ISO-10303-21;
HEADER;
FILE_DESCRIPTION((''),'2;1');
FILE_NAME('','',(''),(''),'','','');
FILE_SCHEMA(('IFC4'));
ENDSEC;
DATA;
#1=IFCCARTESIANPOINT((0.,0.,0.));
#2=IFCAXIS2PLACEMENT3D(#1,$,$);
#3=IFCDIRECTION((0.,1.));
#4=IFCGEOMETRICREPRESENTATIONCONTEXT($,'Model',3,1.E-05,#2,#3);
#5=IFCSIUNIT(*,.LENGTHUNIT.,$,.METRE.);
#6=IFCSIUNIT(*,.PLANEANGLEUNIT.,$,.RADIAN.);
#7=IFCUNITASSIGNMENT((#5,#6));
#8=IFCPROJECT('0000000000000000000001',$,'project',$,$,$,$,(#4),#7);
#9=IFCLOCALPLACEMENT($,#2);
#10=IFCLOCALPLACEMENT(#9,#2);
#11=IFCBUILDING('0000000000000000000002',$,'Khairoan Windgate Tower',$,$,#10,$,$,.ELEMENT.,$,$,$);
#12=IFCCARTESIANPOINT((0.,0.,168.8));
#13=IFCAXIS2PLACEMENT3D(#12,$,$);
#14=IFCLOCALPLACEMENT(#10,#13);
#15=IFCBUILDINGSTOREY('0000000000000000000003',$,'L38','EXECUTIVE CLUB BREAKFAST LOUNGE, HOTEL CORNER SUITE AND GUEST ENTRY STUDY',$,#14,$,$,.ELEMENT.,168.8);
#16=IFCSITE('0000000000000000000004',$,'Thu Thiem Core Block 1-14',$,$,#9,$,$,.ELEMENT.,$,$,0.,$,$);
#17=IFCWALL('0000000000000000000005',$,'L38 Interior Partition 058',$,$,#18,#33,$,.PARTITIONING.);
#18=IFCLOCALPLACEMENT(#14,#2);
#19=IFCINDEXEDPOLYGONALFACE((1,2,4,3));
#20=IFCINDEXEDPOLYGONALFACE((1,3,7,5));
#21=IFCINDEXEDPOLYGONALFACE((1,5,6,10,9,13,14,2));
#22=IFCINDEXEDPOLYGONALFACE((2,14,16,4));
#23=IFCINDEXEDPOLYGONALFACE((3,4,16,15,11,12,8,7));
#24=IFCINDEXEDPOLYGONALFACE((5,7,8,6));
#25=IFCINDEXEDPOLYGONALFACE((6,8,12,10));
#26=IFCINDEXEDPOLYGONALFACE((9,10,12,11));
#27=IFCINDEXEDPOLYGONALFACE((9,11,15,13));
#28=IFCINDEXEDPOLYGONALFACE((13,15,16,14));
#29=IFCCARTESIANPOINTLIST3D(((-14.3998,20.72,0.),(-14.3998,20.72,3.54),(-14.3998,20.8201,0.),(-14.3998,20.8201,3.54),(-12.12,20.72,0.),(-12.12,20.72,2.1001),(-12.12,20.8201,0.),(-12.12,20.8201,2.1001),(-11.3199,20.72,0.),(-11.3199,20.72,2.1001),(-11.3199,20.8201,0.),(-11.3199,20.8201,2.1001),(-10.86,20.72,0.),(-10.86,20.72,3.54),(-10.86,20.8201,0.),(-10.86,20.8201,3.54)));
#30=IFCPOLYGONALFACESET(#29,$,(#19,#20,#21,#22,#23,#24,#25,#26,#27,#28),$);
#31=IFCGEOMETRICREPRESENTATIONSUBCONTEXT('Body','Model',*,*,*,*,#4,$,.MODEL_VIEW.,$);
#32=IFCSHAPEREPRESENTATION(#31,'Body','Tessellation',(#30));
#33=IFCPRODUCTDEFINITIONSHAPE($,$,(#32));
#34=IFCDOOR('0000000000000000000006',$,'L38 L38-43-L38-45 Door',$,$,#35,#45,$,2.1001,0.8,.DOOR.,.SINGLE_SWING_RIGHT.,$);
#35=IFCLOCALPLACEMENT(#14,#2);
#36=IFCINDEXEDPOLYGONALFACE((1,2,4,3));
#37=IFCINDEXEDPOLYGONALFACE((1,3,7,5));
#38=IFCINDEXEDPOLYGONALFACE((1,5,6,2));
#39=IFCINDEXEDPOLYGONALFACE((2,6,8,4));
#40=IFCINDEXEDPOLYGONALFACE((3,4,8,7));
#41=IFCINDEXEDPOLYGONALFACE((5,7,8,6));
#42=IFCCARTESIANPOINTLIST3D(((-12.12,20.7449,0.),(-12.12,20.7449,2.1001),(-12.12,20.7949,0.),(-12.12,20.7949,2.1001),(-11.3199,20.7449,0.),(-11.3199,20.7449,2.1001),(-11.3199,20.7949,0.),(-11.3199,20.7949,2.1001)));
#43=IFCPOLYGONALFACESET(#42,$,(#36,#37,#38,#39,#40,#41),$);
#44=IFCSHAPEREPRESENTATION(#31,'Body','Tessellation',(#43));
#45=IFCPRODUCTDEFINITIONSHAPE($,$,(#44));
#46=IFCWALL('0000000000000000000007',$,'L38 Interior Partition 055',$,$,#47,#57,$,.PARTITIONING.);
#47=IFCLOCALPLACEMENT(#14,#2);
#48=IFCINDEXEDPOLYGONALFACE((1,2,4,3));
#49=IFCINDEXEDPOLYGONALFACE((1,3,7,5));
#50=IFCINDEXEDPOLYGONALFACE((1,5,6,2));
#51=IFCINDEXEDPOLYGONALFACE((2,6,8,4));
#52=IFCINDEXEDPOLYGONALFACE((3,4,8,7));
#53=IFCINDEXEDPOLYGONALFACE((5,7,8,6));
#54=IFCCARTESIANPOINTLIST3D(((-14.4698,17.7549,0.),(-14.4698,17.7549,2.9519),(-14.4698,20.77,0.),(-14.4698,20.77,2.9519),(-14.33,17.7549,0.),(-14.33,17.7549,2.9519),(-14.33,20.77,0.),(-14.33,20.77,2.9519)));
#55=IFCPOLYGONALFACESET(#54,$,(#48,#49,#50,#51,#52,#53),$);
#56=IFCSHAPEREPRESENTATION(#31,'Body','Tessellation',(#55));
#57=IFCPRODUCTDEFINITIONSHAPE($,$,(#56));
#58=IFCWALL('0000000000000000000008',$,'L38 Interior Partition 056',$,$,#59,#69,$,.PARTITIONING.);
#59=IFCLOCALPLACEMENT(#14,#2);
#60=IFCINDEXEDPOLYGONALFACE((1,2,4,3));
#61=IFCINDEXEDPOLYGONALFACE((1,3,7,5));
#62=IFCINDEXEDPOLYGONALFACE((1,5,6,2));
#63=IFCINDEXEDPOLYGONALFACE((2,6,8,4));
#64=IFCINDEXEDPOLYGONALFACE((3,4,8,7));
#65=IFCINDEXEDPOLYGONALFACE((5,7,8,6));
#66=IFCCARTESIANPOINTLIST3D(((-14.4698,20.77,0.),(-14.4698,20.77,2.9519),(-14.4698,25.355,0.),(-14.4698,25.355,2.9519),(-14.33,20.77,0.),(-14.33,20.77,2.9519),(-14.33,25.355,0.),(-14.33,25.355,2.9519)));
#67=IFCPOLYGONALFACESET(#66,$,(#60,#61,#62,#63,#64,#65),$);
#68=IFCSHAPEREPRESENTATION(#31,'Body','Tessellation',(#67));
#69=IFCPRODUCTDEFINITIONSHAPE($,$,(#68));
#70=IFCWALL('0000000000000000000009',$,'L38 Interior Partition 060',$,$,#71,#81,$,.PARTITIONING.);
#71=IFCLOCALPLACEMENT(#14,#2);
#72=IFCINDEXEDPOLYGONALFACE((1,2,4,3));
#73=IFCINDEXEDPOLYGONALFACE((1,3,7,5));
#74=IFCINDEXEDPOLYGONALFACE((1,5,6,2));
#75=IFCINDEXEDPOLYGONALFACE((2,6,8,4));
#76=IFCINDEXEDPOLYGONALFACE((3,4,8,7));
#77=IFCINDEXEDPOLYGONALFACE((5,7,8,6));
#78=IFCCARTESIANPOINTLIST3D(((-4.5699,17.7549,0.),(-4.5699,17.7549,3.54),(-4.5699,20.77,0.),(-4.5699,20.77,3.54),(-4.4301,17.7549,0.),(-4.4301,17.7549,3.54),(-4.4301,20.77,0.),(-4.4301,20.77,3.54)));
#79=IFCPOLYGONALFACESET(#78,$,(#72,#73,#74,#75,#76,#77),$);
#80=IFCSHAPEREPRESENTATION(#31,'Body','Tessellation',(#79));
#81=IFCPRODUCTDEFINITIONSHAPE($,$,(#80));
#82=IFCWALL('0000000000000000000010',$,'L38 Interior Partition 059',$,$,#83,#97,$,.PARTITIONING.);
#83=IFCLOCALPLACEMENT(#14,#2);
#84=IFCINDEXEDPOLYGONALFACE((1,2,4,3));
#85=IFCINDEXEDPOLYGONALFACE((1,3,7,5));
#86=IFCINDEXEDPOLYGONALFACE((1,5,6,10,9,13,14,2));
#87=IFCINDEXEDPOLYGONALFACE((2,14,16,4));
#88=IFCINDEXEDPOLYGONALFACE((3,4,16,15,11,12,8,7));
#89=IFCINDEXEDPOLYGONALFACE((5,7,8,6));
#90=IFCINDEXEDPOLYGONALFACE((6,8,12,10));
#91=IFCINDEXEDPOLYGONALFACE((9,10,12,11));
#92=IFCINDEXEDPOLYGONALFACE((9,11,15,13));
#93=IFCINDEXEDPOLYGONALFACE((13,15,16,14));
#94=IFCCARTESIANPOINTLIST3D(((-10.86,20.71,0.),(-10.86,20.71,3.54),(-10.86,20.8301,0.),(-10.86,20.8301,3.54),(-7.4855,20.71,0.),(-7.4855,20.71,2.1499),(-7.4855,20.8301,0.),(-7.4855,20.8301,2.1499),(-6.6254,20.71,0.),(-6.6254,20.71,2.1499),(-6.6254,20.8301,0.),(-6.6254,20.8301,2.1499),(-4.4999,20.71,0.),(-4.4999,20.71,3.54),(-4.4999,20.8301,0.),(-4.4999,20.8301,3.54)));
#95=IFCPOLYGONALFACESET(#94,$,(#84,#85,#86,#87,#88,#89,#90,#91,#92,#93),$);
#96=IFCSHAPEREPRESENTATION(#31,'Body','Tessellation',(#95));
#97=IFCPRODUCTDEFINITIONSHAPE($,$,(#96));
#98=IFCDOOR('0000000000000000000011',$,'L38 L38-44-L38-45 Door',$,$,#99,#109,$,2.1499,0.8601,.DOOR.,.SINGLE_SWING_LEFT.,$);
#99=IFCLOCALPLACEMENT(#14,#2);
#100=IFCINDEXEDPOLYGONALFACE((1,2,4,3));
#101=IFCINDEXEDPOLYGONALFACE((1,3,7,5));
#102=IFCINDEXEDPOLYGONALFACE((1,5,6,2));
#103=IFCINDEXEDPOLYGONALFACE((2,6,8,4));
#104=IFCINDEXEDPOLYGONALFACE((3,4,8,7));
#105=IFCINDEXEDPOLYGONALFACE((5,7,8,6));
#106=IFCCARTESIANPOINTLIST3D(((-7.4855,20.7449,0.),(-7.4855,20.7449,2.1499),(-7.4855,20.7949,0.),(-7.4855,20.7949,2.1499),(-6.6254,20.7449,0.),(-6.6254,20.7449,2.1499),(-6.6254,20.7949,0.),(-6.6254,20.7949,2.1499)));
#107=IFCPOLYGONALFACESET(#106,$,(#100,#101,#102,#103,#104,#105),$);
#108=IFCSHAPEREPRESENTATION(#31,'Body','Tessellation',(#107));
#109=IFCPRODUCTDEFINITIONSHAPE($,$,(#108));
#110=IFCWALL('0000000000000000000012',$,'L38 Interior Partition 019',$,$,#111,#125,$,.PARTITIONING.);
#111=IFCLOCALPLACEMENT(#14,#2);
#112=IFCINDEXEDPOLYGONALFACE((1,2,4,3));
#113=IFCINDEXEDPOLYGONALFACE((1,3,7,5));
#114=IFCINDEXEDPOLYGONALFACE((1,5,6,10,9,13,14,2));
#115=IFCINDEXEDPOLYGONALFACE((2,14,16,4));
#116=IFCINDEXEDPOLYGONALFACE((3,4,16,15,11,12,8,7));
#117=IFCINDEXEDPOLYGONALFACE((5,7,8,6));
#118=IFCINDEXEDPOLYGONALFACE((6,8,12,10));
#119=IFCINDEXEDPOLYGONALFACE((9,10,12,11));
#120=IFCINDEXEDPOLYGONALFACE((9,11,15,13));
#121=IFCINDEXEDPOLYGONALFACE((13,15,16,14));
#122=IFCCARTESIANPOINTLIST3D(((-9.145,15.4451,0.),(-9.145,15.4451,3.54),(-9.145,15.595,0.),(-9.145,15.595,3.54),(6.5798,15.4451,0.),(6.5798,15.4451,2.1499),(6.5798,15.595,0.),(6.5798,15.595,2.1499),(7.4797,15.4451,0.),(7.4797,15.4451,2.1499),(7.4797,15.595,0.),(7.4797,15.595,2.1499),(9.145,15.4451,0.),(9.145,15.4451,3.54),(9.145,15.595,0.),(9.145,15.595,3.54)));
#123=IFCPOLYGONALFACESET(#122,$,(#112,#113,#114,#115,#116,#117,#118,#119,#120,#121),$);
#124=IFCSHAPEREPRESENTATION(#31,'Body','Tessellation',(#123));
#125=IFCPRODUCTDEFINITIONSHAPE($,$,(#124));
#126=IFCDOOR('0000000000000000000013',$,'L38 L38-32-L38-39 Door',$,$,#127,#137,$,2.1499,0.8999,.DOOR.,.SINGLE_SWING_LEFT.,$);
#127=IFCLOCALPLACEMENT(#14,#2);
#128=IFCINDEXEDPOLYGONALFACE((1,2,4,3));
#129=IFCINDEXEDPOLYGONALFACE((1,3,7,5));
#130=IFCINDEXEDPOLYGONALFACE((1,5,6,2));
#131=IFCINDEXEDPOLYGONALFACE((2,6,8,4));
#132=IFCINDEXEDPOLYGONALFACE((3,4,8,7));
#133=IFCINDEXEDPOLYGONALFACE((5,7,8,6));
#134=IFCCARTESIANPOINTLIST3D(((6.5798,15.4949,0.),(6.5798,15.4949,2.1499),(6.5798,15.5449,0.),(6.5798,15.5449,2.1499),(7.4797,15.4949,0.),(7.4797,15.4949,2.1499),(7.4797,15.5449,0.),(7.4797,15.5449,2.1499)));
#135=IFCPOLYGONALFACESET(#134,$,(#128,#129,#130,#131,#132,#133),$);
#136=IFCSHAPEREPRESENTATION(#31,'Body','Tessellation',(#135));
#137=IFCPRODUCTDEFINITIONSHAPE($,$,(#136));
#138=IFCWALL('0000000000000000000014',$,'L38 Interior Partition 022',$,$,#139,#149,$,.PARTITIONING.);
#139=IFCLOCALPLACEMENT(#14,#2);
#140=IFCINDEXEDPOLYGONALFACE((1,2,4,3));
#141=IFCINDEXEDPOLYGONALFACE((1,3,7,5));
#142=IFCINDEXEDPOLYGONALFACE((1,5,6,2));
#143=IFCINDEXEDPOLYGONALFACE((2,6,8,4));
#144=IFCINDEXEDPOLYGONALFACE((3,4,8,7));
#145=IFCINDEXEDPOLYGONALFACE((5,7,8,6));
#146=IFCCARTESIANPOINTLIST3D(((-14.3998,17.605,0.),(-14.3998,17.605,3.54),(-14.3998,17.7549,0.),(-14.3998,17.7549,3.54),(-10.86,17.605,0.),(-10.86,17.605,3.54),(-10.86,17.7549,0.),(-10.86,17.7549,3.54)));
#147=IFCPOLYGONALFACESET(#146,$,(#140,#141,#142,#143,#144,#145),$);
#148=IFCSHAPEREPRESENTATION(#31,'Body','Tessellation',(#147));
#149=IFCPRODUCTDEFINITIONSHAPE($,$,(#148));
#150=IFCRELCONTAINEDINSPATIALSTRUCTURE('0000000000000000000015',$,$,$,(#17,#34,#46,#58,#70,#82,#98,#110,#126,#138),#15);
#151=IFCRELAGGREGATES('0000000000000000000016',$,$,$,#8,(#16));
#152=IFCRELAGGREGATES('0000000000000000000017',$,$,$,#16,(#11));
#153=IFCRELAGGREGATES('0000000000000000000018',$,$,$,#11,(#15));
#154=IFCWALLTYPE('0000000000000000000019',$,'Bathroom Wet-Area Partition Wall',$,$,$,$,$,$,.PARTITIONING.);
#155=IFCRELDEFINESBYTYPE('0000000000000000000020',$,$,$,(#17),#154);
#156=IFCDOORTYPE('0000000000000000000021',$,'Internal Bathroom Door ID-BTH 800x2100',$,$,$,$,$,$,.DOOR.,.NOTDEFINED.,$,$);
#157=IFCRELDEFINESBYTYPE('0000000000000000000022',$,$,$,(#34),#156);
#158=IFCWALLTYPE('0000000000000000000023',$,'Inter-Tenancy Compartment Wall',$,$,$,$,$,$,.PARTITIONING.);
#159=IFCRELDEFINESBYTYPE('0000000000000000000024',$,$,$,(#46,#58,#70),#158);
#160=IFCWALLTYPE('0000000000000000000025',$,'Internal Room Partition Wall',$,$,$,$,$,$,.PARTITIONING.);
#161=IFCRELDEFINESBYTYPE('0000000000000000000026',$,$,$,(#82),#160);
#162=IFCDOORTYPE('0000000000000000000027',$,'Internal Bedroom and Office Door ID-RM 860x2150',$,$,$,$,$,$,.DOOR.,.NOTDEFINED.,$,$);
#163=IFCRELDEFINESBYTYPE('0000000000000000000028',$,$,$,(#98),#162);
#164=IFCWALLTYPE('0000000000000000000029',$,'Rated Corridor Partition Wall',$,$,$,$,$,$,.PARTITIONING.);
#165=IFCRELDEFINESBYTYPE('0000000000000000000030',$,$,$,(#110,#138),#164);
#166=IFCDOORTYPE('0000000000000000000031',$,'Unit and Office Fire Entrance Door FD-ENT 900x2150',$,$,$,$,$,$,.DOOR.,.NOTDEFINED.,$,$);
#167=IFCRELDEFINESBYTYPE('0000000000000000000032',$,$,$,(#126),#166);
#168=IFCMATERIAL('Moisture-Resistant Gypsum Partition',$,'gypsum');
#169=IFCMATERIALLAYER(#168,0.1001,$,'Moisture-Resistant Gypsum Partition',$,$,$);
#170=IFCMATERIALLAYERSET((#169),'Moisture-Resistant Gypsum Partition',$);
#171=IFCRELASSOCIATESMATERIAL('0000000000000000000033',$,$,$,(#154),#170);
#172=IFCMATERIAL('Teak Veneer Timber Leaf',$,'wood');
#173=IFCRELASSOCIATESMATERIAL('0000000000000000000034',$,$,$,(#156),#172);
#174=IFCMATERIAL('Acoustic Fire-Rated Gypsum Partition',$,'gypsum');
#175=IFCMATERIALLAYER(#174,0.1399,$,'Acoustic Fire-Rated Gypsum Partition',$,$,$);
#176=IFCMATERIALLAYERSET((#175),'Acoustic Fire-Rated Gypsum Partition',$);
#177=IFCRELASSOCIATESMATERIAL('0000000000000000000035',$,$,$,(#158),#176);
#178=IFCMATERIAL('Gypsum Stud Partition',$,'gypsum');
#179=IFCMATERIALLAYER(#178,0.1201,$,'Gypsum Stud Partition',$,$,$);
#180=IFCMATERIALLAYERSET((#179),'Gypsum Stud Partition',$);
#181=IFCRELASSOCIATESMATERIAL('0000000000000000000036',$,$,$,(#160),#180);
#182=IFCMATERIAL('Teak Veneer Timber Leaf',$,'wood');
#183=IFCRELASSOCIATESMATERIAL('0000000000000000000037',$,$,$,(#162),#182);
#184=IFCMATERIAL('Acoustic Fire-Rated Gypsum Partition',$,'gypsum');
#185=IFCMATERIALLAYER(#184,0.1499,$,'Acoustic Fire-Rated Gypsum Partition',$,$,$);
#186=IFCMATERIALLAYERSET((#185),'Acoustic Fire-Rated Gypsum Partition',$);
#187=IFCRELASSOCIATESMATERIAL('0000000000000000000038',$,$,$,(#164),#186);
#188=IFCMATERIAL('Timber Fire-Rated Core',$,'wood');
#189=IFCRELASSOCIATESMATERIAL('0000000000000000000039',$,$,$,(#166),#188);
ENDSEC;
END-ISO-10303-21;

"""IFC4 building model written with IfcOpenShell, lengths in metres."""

from ifc_helpers import new_model, si_unit, direction, frame, frame_2d, origin, place, context, subcontext, project, spatial, rectangle, extrude, material, layer, layer_set, type_object, element, fill, save


model = new_model("IFC4")

# Units and contexts
model_context = context("Model", 3, precision=1e-05, world=origin(), true_north=direction((0.0, 1.0)))
body_context = subcontext(model_context, "Body", "Model", "MODEL_VIEW")
ifc_project = project(units=[si_unit("LENGTHUNIT", "METRE"), si_unit("PLANEANGLEUNIT", "RADIAN")], contexts=[model_context])

# Site, building, storey
site_placement = place(None, origin())
site = spatial("IfcSite", under=ifc_project, at=site_placement, Name="Thu Thiem Core Block 1-14", CompositionType="ELEMENT", RefElevation=0.0)
building_placement = place(site_placement, origin())
building = spatial("IfcBuilding", under=site, at=building_placement, Name="Khairoan Windgate Tower", CompositionType="ELEMENT")
storey_placement = place(building_placement, frame((0.0, 0.0, 168.8)))
storey = spatial("IfcBuildingStorey", under=building, at=storey_placement, Name="L38", Description="EXECUTIVE CLUB BREAKFAST LOUNGE, HOTEL CORNER SUITE AND GUEST ENTRY STUDY", CompositionType="ELEMENT", Elevation=168.8)

# Wall, opening, door
ifc_material_1 = material(Name="Moisture-Resistant Gypsum Partition", Category="gypsum")
ifc_layer_1 = layer(ifc_material_1, 0.1001, Name="Moisture-Resistant Gypsum Partition")
ifc_layer_set_1 = layer_set([ifc_layer_1], Name="Moisture-Resistant Gypsum Partition")
wall_type_1 = type_object("IfcWallType", Name="Bathroom Wet-Area Partition Wall", PredefinedType="PARTITIONING", material=ifc_layer_set_1)
ifc_material_2 = material(Name="Teak Veneer Timber Leaf", Category="wood")
door_type_1 = type_object("IfcDoorType", Name="Internal Bathroom Door ID-BTH 800x2100", OperationType="NOTDEFINED", PredefinedType="DOOR", material=ifc_material_2)
wall_1_placement = place(storey_placement, frame((-14.3999, 20.77, 0.0), z_axis=(0.0, 0.0, 1.0), x_axis=(1.0, 0.0, 0.0)))
wall_1 = element("IfcWall", 1, at=wall_1_placement, inside=storey, type_object=wall_type_1, Name="L38 Interior Partition 058", PredefinedType="PARTITIONING", context=body_context, shape_type="SweptSolid", body=[
    extrude(rectangle(XDim=3.5398, YDim=0.1001, at=frame_2d((1.77, 0.0))), origin(), (0.0, 0.0, 1.0), 3.54),
])
opening_1_placement = place(wall_1_placement, frame((2.28, 0.0, 0.0)))
opening_1 = element("IfcOpeningElement", 2, at=opening_1_placement, cuts=wall_1, PredefinedType="OPENING", context=body_context, shape_type="SweptSolid", body=[
    extrude(rectangle(XDim=0.8, YDim=2.1001, at=frame_2d((0.3999, 1.05))), frame((0.0, 0.0601, 0.0), z_axis=(0.0, -1.0, 0.0), x_axis=(1.0, 0.0, 0.0)), (0.0, 0.0, 1.0), 0.1201),
])
door_1_placement = place(opening_1_placement, origin())
door_1 = element("IfcDoor", 3, at=door_1_placement, inside=storey, type_object=door_type_1, Name="L38 L38-43-L38-45 Door", OperationType="SINGLE_SWING_RIGHT", OverallHeight=2.1001, OverallWidth=0.8, PredefinedType="DOOR", context=body_context, shape_type="SweptSolid", body=[
    extrude(rectangle(XDim=0.8, YDim=2.1001, at=frame_2d((0.3999, 1.05))), frame((0.0, 0.0249, 0.0), z_axis=(0.0, -1.0, 0.0), x_axis=(1.0, 0.0, 0.0)), (0.0, 0.0, 1.0), 0.05),
])
fill(opening_1, door_1)

# Walls
ifc_material_3 = material(Name="Acoustic Fire-Rated Gypsum Partition", Category="gypsum")
ifc_layer_2 = layer(ifc_material_3, 0.1399, Name="Acoustic Fire-Rated Gypsum Partition")
ifc_layer_set_2 = layer_set([ifc_layer_2], Name="Acoustic Fire-Rated Gypsum Partition")
wall_type_2 = type_object("IfcWallType", Name="Inter-Tenancy Compartment Wall", PredefinedType="PARTITIONING", material=ifc_layer_set_2)
wall_2_placement = place(storey_placement, frame((-14.3999, 17.7549, 0.0), z_axis=(0.0, 0.0, 1.0), x_axis=(0.0, 1.0, 0.0)))
element("IfcWall", 4, at=wall_2_placement, inside=storey, type_object=wall_type_2, Name="L38 Interior Partition 055", PredefinedType="PARTITIONING", context=body_context, shape_type="SweptSolid", body=[
    extrude(rectangle(XDim=3.0151, YDim=0.1399, at=frame_2d((1.5076, 0.0))), origin(), (0.0, 0.0, 1.0), 2.9519),
])
wall_3_placement = place(storey_placement, frame((-14.3999, 20.77, 0.0), z_axis=(0.0, 0.0, 1.0), x_axis=(0.0, 1.0, 0.0)))
element("IfcWall", 5, at=wall_3_placement, inside=storey, type_object=wall_type_2, Name="L38 Interior Partition 056", PredefinedType="PARTITIONING", context=body_context, shape_type="SweptSolid", body=[
    extrude(rectangle(XDim=4.585, YDim=0.1399, at=frame_2d((2.2925, 0.0))), origin(), (0.0, 0.0, 1.0), 2.9519),
])
wall_4_placement = place(storey_placement, frame((-4.5, 17.7549, 0.0), z_axis=(0.0, 0.0, 1.0), x_axis=(0.0, 1.0, 0.0)))
element("IfcWall", 6, at=wall_4_placement, inside=storey, type_object=wall_type_2, Name="L38 Interior Partition 060", PredefinedType="PARTITIONING", context=body_context, shape_type="SweptSolid", body=[
    extrude(rectangle(XDim=3.0151, YDim=0.1399, at=frame_2d((1.5076, 0.0))), origin(), (0.0, 0.0, 1.0), 3.54),
])

# Walls, openings, doors
ifc_material_4 = material(Name="Gypsum Stud Partition", Category="gypsum")
ifc_layer_3 = layer(ifc_material_4, 0.1201, Name="Gypsum Stud Partition")
ifc_layer_set_3 = layer_set([ifc_layer_3], Name="Gypsum Stud Partition")
wall_type_3 = type_object("IfcWallType", Name="Internal Room Partition Wall", PredefinedType="PARTITIONING", material=ifc_layer_set_3)
wall_5_placement = place(storey_placement, frame((-10.8601, 20.77, 0.0), z_axis=(0.0, 0.0, 1.0), x_axis=(1.0, 0.0, 0.0)))
wall_5 = element("IfcWall", 7, at=wall_5_placement, inside=storey, type_object=wall_type_3, Name="L38 Interior Partition 059", PredefinedType="PARTITIONING", context=body_context, shape_type="SweptSolid", body=[
    extrude(rectangle(XDim=6.3601, YDim=0.1201, at=frame_2d((3.1802, 0.0))), origin(), (0.0, 0.0, 1.0), 3.54),
])
opening_2_placement = place(wall_5_placement, frame((3.3745, 0.0, 0.0)))
opening_2 = element("IfcOpeningElement", 8, at=opening_2_placement, cuts=wall_5, PredefinedType="OPENING", context=body_context, shape_type="SweptSolid", body=[
    extrude(rectangle(XDim=0.8601, YDim=2.1499, at=frame_2d((0.4302, 1.075))), frame((0.0, 0.0701, 0.0), z_axis=(0.0, -1.0, 0.0), x_axis=(1.0, 0.0, 0.0)), (0.0, 0.0, 1.0), 0.1401),
])
ifc_material_5 = material(Name="Teak Veneer Timber Leaf", Category="wood")
door_type_2 = type_object("IfcDoorType", Name="Internal Bedroom and Office Door ID-RM 860x2150", OperationType="NOTDEFINED", PredefinedType="DOOR", material=ifc_material_5)
door_2_placement = place(opening_2_placement, origin())
door_2 = element("IfcDoor", 9, at=door_2_placement, inside=storey, type_object=door_type_2, Name="L38 L38-44-L38-45 Door", OperationType="SINGLE_SWING_LEFT", OverallHeight=2.1499, OverallWidth=0.8601, PredefinedType="DOOR", context=body_context, shape_type="SweptSolid", body=[
    extrude(rectangle(XDim=0.8601, YDim=2.1499, at=frame_2d((0.4302, 1.075))), frame((0.0, 0.0249, 0.0), z_axis=(0.0, -1.0, 0.0), x_axis=(1.0, 0.0, 0.0)), (0.0, 0.0, 1.0), 0.05),
])
fill(opening_2, door_2)
ifc_material_6 = material(Name="Acoustic Fire-Rated Gypsum Partition", Category="gypsum")
ifc_layer_4 = layer(ifc_material_6, 0.1499, Name="Acoustic Fire-Rated Gypsum Partition")
ifc_layer_set_4 = layer_set([ifc_layer_4], Name="Acoustic Fire-Rated Gypsum Partition")
wall_type_4 = type_object("IfcWallType", Name="Rated Corridor Partition Wall", PredefinedType="PARTITIONING", material=ifc_layer_set_4)
wall_6_placement = place(storey_placement, frame((-9.145, 15.52, 0.0), z_axis=(0.0, 0.0, 1.0), x_axis=(1.0, 0.0, 0.0)))
wall_6 = element("IfcWall", 10, at=wall_6_placement, inside=storey, type_object=wall_type_4, Name="L38 Interior Partition 019", PredefinedType="PARTITIONING", context=body_context, shape_type="SweptSolid", body=[
    extrude(rectangle(XDim=18.29, YDim=0.1499, at=frame_2d((9.145, 0.0))), origin(), (0.0, 0.0, 1.0), 3.54),
])
opening_3_placement = place(wall_6_placement, frame((15.7249, 0.0, 0.0)))
opening_3 = element("IfcOpeningElement", 11, at=opening_3_placement, cuts=wall_6, PredefinedType="OPENING", context=body_context, shape_type="SweptSolid", body=[
    extrude(rectangle(XDim=0.8999, YDim=2.1499, at=frame_2d((0.45, 1.075))), frame((0.0, 0.085, 0.0), z_axis=(0.0, -1.0, 0.0), x_axis=(1.0, 0.0, 0.0)), (0.0, 0.0, 1.0), 0.1699),
])
ifc_material_7 = material(Name="Timber Fire-Rated Core", Category="wood")
door_type_3 = type_object("IfcDoorType", Name="Unit and Office Fire Entrance Door FD-ENT 900x2150", OperationType="NOTDEFINED", PredefinedType="DOOR", material=ifc_material_7)
door_3_placement = place(opening_3_placement, origin())
door_3 = element("IfcDoor", 12, at=door_3_placement, inside=storey, type_object=door_type_3, Name="L38 L38-32-L38-39 Door", OperationType="SINGLE_SWING_LEFT", OverallHeight=2.1499, OverallWidth=0.8999, PredefinedType="DOOR", context=body_context, shape_type="SweptSolid", body=[
    extrude(rectangle(XDim=0.8999, YDim=2.1499, at=frame_2d((0.45, 1.075))), frame((0.0, 0.0249, 0.0), z_axis=(0.0, -1.0, 0.0), x_axis=(1.0, 0.0, 0.0)), (0.0, 0.0, 1.0), 0.05),
])
fill(opening_3, door_3)

# Wall
wall_7_placement = place(storey_placement, frame((-14.3999, 17.6799, 0.0), z_axis=(0.0, 0.0, 1.0), x_axis=(1.0, 0.0, 0.0)))
element("IfcWall", 13, at=wall_7_placement, inside=storey, type_object=wall_type_4, Name="L38 Interior Partition 022", PredefinedType="PARTITIONING", context=body_context, shape_type="SweptSolid", body=[
    extrude(rectangle(XDim=3.5398, YDim=0.1499, at=frame_2d((1.77, 0.0))), origin(), (0.0, 0.0, 1.0), 3.54),
])

save(model, "model.ifc")
